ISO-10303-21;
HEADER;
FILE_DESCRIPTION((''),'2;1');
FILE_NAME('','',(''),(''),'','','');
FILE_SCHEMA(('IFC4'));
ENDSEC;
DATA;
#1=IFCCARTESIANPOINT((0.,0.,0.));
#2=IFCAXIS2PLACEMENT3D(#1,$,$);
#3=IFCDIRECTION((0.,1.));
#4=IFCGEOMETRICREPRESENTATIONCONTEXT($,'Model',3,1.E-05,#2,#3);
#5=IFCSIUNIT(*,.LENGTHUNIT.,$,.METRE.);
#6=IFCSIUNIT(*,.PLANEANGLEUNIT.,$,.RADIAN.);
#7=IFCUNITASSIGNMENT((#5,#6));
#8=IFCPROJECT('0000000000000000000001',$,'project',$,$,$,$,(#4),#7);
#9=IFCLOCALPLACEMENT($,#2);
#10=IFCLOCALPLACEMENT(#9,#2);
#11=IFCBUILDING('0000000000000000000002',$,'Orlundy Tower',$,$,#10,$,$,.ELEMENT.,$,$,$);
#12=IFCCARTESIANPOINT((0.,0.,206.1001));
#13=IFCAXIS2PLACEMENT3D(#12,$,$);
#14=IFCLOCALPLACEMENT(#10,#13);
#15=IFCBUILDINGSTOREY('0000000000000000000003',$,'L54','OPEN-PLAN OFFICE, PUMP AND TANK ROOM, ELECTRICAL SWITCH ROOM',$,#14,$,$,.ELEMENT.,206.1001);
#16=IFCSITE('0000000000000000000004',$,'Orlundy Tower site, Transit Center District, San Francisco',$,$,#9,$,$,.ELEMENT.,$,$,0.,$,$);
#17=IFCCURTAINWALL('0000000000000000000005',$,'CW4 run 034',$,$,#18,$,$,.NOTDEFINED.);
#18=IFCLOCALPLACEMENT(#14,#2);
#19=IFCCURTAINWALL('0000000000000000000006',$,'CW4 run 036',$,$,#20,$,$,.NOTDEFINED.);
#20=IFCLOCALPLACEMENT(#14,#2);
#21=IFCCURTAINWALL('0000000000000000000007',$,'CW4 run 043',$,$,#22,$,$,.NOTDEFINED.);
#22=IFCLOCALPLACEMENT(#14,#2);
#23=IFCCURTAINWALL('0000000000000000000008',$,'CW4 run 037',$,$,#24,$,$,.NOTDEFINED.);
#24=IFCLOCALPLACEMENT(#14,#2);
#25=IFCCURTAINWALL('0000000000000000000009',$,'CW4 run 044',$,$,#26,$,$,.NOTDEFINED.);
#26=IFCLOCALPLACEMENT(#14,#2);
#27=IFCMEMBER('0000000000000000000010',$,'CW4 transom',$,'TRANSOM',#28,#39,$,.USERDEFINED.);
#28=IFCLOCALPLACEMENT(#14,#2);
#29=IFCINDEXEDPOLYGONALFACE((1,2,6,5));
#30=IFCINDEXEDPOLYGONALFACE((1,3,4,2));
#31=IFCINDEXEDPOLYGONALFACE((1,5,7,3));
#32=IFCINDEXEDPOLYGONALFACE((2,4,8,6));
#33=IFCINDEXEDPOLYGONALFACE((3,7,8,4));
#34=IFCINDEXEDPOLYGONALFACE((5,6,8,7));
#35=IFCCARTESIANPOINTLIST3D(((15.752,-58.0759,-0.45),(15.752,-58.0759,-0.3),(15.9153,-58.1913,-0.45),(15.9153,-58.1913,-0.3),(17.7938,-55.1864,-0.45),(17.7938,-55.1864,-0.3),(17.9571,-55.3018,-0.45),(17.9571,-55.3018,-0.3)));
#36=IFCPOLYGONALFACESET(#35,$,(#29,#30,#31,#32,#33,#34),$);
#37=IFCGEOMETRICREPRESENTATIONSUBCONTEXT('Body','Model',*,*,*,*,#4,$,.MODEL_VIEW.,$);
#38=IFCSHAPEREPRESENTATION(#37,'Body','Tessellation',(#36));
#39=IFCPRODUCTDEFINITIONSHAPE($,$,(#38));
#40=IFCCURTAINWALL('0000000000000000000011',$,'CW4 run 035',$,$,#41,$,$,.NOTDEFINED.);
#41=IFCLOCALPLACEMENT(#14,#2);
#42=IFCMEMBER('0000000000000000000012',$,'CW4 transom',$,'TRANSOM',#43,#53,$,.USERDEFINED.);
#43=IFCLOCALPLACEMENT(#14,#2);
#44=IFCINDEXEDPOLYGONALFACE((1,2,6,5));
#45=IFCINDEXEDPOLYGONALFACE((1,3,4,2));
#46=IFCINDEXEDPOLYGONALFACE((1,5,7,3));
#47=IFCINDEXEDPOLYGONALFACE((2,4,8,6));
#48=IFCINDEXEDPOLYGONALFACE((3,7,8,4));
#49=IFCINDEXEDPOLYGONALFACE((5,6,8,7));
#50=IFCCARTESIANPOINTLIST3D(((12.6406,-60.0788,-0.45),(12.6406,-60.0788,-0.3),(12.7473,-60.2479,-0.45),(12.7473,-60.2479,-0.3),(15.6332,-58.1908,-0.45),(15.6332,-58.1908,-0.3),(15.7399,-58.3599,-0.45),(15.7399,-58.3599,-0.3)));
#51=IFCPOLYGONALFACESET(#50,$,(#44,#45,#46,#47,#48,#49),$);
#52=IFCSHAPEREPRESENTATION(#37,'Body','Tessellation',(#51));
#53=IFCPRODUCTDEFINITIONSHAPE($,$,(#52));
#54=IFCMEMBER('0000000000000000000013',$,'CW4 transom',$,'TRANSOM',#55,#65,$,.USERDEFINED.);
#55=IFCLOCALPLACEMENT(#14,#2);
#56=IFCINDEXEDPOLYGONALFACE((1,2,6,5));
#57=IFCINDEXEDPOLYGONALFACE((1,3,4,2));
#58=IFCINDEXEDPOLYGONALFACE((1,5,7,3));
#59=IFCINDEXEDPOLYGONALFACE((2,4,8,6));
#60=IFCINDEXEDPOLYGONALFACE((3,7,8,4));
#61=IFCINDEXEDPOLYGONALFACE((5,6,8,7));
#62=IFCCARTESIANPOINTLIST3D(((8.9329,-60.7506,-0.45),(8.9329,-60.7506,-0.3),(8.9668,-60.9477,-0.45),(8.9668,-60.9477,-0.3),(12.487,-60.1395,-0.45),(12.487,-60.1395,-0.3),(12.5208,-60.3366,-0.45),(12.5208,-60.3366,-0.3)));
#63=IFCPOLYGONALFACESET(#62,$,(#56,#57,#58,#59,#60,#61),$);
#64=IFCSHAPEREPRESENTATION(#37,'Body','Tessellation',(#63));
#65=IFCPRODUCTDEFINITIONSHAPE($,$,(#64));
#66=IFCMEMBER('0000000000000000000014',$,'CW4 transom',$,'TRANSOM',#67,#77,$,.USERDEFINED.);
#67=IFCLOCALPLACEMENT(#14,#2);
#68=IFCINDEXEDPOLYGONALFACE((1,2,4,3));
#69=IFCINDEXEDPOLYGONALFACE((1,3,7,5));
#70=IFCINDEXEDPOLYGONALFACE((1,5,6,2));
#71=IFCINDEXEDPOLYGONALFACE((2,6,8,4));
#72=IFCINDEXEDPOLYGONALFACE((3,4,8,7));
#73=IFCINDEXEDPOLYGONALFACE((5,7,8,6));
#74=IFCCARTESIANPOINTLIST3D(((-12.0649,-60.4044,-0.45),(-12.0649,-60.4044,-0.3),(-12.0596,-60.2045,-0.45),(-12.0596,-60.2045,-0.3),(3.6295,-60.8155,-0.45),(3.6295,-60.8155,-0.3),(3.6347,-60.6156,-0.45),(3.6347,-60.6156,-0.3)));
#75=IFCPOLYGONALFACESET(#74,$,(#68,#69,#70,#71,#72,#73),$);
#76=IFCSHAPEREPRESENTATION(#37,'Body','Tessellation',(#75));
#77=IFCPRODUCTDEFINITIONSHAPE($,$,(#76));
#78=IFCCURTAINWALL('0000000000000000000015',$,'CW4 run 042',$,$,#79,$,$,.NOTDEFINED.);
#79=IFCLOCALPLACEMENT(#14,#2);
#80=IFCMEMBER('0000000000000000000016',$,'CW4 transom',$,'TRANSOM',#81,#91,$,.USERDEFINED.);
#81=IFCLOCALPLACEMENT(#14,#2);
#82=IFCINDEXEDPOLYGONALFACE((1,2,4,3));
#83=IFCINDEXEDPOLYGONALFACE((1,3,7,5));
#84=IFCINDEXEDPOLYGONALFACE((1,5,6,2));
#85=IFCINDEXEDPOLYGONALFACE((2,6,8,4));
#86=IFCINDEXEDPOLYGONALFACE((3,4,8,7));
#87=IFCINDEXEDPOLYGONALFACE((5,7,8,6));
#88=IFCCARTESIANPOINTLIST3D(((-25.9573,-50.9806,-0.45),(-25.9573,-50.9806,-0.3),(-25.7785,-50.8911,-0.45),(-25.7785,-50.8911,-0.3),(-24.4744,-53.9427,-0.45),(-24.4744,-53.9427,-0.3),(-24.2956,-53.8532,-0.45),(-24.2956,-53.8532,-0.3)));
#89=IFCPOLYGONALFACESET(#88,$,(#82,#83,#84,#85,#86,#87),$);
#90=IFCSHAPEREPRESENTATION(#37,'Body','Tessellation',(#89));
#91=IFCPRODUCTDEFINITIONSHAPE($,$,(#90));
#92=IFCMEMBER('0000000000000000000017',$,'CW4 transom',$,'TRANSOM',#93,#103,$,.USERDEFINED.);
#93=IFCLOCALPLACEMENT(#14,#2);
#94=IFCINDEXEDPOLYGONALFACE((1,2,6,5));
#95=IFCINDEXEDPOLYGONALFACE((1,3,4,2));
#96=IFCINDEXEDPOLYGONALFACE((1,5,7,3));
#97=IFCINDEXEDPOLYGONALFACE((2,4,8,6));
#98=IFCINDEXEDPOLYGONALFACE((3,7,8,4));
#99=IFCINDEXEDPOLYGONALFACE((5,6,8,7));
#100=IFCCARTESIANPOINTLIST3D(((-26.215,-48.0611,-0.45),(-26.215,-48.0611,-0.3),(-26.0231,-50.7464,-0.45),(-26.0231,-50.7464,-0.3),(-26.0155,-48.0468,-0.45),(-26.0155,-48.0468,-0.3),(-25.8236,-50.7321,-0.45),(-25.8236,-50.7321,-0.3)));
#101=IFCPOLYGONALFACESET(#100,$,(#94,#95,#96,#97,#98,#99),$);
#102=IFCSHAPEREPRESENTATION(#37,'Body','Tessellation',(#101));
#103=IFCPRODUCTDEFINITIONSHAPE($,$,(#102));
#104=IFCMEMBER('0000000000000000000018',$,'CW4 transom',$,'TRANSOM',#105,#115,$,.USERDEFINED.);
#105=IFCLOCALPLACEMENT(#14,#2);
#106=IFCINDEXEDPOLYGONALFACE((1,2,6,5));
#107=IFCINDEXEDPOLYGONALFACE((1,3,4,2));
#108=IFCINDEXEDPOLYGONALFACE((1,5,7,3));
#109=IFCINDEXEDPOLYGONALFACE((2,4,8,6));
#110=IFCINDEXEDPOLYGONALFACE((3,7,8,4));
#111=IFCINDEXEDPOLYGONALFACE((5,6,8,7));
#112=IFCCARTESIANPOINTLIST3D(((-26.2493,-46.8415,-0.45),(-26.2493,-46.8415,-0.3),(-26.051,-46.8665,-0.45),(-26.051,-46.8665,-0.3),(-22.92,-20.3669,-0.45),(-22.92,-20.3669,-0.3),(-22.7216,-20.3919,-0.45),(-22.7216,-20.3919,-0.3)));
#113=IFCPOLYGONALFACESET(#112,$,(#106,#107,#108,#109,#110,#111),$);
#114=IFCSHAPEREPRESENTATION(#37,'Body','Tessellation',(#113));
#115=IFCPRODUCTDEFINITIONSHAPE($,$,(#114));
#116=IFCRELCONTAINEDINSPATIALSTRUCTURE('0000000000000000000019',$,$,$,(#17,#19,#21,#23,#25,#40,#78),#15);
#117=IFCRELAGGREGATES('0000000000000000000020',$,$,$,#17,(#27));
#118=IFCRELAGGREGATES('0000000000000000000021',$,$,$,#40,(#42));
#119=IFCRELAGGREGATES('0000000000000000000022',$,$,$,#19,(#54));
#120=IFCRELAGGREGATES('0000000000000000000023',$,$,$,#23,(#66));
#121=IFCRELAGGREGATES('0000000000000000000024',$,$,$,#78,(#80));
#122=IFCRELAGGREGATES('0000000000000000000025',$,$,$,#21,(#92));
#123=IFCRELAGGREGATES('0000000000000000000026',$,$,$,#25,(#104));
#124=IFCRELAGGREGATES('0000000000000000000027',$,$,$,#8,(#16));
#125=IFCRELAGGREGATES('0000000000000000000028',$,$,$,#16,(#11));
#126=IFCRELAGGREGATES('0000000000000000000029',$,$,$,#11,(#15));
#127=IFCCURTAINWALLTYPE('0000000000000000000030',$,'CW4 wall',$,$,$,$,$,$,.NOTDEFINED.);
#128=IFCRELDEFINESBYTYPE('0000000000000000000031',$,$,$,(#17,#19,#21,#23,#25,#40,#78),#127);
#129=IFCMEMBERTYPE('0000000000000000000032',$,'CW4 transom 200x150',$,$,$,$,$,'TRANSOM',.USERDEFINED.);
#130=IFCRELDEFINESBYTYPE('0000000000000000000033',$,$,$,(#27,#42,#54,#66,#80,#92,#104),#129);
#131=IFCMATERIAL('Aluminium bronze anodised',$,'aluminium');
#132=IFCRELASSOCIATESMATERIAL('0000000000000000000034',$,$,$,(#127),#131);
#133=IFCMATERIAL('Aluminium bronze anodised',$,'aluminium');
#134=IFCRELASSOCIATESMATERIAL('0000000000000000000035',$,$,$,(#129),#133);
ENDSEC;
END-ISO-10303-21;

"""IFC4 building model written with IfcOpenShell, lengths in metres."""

from ifc_helpers import new_model, si_unit, direction, frame, origin, origin_2d, place, context, subcontext, project, spatial, rectangle, extrude, material, material_profile, profile_set, type_object, element, aggregate, save


model = new_model("IFC4")

# Units and contexts
model_context = context("Model", 3, precision=1e-05, world=origin(), true_north=direction((0.0, 1.0)))
body_context = subcontext(model_context, "Body", "Model", "MODEL_VIEW")
ifc_project = project(units=[si_unit("LENGTHUNIT", "METRE"), si_unit("PLANEANGLEUNIT", "RADIAN")], contexts=[model_context])

# Site, building, storey
site_placement = place(None, origin())
site = spatial("IfcSite", under=ifc_project, at=site_placement, Name="Orlundy Tower site, Transit Center District, San Francisco", CompositionType="ELEMENT", RefElevation=0.0)
building_placement = place(site_placement, origin())
building = spatial("IfcBuilding", under=site, at=building_placement, Name="Orlundy Tower", CompositionType="ELEMENT")
storey_placement = place(building_placement, frame((0.0, 0.0, 206.1001)))
storey = spatial("IfcBuildingStorey", under=building, at=storey_placement, Name="L54", Description="OPEN-PLAN OFFICE, PUMP AND TANK ROOM, ELECTRICAL SWITCH ROOM", CompositionType="ELEMENT", Elevation=206.1001)

# Curtain walls
ifc_material_1 = material(Name="Aluminium bronze anodised", Category="aluminium")
curtain_wall_type = type_object("IfcCurtainWallType", Name="CW4 wall", PredefinedType="NOTDEFINED", material=ifc_material_1)
curtain_wall_1_placement = place(storey_placement, origin())
curtain_wall_1 = element("IfcCurtainWall", 1, at=curtain_wall_1_placement, inside=storey, type_object=curtain_wall_type, Name="CW4 run 034", PredefinedType="NOTDEFINED")
curtain_wall_2_placement = place(storey_placement, origin())
curtain_wall_2 = element("IfcCurtainWall", 2, at=curtain_wall_2_placement, inside=storey, type_object=curtain_wall_type, Name="CW4 run 036", PredefinedType="NOTDEFINED")
curtain_wall_3_placement = place(storey_placement, origin())
curtain_wall_3 = element("IfcCurtainWall", 3, at=curtain_wall_3_placement, inside=storey, type_object=curtain_wall_type, Name="CW4 run 043", PredefinedType="NOTDEFINED")

# Curtain wall
curtain_wall_4_placement = place(storey_placement, origin())
curtain_wall_4 = element("IfcCurtainWall", 4, at=curtain_wall_4_placement, inside=storey, type_object=curtain_wall_type, Name="CW4 run 037", PredefinedType="NOTDEFINED")

# Curtain wall
curtain_wall_5_placement = place(storey_placement, origin())
curtain_wall_5 = element("IfcCurtainWall", 5, at=curtain_wall_5_placement, inside=storey, type_object=curtain_wall_type, Name="CW4 run 044", PredefinedType="NOTDEFINED")

# Shared definitions
ifc_material_2 = material(Name="Aluminium bronze anodised", Category="aluminium")
ifc_material_profile_1 = material_profile(ifc_material_2, rectangle(XDim=0.2, YDim=0.1499, at=origin_2d()), Name="CW4 transom 200x150")
ifc_profile_set_1 = profile_set([ifc_material_profile_1], Name="Aluminium bronze anodised")
member_type_1 = type_object("IfcMemberType", Name="CW4 transom 200x150", ElementType="TRANSOM", PredefinedType="USERDEFINED", material=ifc_profile_set_1)

# Member
member_1_placement = place(storey_placement, frame((17.8755, -55.2441, -0.375), z_axis=(-0.577092, -0.816679, 0.0), x_axis=(0.816679, -0.577092, 0.0)))
member_1 = element("IfcMember", 6, at=member_1_placement, type_object=member_type_1, Name="CW4 transom", ObjectType="TRANSOM", PredefinedType="USERDEFINED", context=body_context, shape_type="SweptSolid", body=[
    extrude(rectangle(XDim=0.2, YDim=0.1499, at=origin_2d()), origin(), (0.0, 0.0, 1.0), 3.5381),
])
aggregate(curtain_wall_1, [member_1])

# Curtain wall, member
curtain_wall_6_placement = place(storey_placement, origin())
curtain_wall_6 = element("IfcCurtainWall", 7, at=curtain_wall_6_placement, inside=storey, type_object=curtain_wall_type, Name="CW4 run 035", PredefinedType="NOTDEFINED")
member_2_placement = place(storey_placement, frame((15.6865, -58.2754, -0.375), z_axis=(-0.845746, -0.533585, 0.0), x_axis=(0.533585, -0.845746, 0.0)))
member_2 = element("IfcMember", 8, at=member_2_placement, type_object=member_type_1, Name="CW4 transom", ObjectType="TRANSOM", PredefinedType="USERDEFINED", context=body_context, shape_type="SweptSolid", body=[
    extrude(rectangle(XDim=0.2, YDim=0.1499, at=origin_2d()), origin(), (0.0, 0.0, 1.0), 3.5383),
])
aggregate(curtain_wall_6, [member_2])

# Members
member_3_placement = place(storey_placement, frame((12.5039, -60.238, -0.375), z_axis=(-0.985537, -0.169458, 0.0), x_axis=(0.169458, -0.985537, 0.0)))
member_3 = element("IfcMember", 9, at=member_3_placement, type_object=member_type_1, Name="CW4 transom", ObjectType="TRANSOM", PredefinedType="USERDEFINED", context=body_context, shape_type="SweptSolid", body=[
    extrude(rectangle(XDim=0.2, YDim=0.1499, at=origin_2d()), origin(), (0.0, 0.0, 1.0), 3.6062),
])
aggregate(curtain_wall_2, [member_3])
member_4_placement = place(storey_placement, frame((3.6321, -60.7156, -0.375), z_axis=(-0.999657, 0.026187, 0.0), x_axis=(-0.026187, -0.999657, 0.0)))
member_4 = element("IfcMember", 10, at=member_4_placement, type_object=member_type_1, Name="CW4 transom", ObjectType="TRANSOM", PredefinedType="USERDEFINED", context=body_context, shape_type="SweptSolid", body=[
    extrude(rectangle(XDim=0.2, YDim=0.1499, at=origin_2d()), origin(), (0.0, 0.0, 1.0), 15.6997),
])
aggregate(curtain_wall_4, [member_4])

# Curtain wall, member
curtain_wall_7_placement = place(storey_placement, origin())
curtain_wall_7 = element("IfcCurtainWall", 11, at=curtain_wall_7_placement, inside=storey, type_object=curtain_wall_type, Name="CW4 run 042", PredefinedType="NOTDEFINED")
member_5_placement = place(storey_placement, frame((-24.385, -53.8979, -0.375), z_axis=(-0.447656, 0.894206, 0.0), x_axis=(-0.894206, -0.447656, 0.0)))
member_5 = element("IfcMember", 12, at=member_5_placement, type_object=member_type_1, Name="CW4 transom", ObjectType="TRANSOM", PredefinedType="USERDEFINED", context=body_context, shape_type="SweptSolid", body=[
    extrude(rectangle(XDim=0.2, YDim=0.1499, at=origin_2d()), origin(), (0.0, 0.0, 1.0), 3.3125),
])
aggregate(curtain_wall_7, [member_5])

# Members
member_6_placement = place(storey_placement, frame((-25.9233, -50.7393, -0.375), z_axis=(-0.071279, 0.997456, 0.0), x_axis=(-0.997456, -0.071279, 0.0)))
member_6 = element("IfcMember", 13, at=member_6_placement, type_object=member_type_1, Name="CW4 transom", ObjectType="TRANSOM", PredefinedType="USERDEFINED", context=body_context, shape_type="SweptSolid", body=[
    extrude(rectangle(XDim=0.2, YDim=0.1499, at=origin_2d()), origin(), (0.0, 0.0, 1.0), 2.6921),
])
aggregate(curtain_wall_3, [member_6])
member_7_placement = place(storey_placement, frame((-26.1501, -46.854, -0.375), z_axis=(0.124773, 0.992185, 0.0), x_axis=(-0.992185, 0.124773, 0.0)))
member_7 = element("IfcMember", 14, at=member_7_placement, type_object=member_type_1, Name="CW4 transom", ObjectType="TRANSOM", PredefinedType="USERDEFINED", context=body_context, shape_type="SweptSolid", body=[
    extrude(rectangle(XDim=0.2, YDim=0.1499, at=origin_2d()), origin(), (0.0, 0.0, 1.0), 26.6831),
])
aggregate(curtain_wall_5, [member_7])

save(model, "model.ifc")
